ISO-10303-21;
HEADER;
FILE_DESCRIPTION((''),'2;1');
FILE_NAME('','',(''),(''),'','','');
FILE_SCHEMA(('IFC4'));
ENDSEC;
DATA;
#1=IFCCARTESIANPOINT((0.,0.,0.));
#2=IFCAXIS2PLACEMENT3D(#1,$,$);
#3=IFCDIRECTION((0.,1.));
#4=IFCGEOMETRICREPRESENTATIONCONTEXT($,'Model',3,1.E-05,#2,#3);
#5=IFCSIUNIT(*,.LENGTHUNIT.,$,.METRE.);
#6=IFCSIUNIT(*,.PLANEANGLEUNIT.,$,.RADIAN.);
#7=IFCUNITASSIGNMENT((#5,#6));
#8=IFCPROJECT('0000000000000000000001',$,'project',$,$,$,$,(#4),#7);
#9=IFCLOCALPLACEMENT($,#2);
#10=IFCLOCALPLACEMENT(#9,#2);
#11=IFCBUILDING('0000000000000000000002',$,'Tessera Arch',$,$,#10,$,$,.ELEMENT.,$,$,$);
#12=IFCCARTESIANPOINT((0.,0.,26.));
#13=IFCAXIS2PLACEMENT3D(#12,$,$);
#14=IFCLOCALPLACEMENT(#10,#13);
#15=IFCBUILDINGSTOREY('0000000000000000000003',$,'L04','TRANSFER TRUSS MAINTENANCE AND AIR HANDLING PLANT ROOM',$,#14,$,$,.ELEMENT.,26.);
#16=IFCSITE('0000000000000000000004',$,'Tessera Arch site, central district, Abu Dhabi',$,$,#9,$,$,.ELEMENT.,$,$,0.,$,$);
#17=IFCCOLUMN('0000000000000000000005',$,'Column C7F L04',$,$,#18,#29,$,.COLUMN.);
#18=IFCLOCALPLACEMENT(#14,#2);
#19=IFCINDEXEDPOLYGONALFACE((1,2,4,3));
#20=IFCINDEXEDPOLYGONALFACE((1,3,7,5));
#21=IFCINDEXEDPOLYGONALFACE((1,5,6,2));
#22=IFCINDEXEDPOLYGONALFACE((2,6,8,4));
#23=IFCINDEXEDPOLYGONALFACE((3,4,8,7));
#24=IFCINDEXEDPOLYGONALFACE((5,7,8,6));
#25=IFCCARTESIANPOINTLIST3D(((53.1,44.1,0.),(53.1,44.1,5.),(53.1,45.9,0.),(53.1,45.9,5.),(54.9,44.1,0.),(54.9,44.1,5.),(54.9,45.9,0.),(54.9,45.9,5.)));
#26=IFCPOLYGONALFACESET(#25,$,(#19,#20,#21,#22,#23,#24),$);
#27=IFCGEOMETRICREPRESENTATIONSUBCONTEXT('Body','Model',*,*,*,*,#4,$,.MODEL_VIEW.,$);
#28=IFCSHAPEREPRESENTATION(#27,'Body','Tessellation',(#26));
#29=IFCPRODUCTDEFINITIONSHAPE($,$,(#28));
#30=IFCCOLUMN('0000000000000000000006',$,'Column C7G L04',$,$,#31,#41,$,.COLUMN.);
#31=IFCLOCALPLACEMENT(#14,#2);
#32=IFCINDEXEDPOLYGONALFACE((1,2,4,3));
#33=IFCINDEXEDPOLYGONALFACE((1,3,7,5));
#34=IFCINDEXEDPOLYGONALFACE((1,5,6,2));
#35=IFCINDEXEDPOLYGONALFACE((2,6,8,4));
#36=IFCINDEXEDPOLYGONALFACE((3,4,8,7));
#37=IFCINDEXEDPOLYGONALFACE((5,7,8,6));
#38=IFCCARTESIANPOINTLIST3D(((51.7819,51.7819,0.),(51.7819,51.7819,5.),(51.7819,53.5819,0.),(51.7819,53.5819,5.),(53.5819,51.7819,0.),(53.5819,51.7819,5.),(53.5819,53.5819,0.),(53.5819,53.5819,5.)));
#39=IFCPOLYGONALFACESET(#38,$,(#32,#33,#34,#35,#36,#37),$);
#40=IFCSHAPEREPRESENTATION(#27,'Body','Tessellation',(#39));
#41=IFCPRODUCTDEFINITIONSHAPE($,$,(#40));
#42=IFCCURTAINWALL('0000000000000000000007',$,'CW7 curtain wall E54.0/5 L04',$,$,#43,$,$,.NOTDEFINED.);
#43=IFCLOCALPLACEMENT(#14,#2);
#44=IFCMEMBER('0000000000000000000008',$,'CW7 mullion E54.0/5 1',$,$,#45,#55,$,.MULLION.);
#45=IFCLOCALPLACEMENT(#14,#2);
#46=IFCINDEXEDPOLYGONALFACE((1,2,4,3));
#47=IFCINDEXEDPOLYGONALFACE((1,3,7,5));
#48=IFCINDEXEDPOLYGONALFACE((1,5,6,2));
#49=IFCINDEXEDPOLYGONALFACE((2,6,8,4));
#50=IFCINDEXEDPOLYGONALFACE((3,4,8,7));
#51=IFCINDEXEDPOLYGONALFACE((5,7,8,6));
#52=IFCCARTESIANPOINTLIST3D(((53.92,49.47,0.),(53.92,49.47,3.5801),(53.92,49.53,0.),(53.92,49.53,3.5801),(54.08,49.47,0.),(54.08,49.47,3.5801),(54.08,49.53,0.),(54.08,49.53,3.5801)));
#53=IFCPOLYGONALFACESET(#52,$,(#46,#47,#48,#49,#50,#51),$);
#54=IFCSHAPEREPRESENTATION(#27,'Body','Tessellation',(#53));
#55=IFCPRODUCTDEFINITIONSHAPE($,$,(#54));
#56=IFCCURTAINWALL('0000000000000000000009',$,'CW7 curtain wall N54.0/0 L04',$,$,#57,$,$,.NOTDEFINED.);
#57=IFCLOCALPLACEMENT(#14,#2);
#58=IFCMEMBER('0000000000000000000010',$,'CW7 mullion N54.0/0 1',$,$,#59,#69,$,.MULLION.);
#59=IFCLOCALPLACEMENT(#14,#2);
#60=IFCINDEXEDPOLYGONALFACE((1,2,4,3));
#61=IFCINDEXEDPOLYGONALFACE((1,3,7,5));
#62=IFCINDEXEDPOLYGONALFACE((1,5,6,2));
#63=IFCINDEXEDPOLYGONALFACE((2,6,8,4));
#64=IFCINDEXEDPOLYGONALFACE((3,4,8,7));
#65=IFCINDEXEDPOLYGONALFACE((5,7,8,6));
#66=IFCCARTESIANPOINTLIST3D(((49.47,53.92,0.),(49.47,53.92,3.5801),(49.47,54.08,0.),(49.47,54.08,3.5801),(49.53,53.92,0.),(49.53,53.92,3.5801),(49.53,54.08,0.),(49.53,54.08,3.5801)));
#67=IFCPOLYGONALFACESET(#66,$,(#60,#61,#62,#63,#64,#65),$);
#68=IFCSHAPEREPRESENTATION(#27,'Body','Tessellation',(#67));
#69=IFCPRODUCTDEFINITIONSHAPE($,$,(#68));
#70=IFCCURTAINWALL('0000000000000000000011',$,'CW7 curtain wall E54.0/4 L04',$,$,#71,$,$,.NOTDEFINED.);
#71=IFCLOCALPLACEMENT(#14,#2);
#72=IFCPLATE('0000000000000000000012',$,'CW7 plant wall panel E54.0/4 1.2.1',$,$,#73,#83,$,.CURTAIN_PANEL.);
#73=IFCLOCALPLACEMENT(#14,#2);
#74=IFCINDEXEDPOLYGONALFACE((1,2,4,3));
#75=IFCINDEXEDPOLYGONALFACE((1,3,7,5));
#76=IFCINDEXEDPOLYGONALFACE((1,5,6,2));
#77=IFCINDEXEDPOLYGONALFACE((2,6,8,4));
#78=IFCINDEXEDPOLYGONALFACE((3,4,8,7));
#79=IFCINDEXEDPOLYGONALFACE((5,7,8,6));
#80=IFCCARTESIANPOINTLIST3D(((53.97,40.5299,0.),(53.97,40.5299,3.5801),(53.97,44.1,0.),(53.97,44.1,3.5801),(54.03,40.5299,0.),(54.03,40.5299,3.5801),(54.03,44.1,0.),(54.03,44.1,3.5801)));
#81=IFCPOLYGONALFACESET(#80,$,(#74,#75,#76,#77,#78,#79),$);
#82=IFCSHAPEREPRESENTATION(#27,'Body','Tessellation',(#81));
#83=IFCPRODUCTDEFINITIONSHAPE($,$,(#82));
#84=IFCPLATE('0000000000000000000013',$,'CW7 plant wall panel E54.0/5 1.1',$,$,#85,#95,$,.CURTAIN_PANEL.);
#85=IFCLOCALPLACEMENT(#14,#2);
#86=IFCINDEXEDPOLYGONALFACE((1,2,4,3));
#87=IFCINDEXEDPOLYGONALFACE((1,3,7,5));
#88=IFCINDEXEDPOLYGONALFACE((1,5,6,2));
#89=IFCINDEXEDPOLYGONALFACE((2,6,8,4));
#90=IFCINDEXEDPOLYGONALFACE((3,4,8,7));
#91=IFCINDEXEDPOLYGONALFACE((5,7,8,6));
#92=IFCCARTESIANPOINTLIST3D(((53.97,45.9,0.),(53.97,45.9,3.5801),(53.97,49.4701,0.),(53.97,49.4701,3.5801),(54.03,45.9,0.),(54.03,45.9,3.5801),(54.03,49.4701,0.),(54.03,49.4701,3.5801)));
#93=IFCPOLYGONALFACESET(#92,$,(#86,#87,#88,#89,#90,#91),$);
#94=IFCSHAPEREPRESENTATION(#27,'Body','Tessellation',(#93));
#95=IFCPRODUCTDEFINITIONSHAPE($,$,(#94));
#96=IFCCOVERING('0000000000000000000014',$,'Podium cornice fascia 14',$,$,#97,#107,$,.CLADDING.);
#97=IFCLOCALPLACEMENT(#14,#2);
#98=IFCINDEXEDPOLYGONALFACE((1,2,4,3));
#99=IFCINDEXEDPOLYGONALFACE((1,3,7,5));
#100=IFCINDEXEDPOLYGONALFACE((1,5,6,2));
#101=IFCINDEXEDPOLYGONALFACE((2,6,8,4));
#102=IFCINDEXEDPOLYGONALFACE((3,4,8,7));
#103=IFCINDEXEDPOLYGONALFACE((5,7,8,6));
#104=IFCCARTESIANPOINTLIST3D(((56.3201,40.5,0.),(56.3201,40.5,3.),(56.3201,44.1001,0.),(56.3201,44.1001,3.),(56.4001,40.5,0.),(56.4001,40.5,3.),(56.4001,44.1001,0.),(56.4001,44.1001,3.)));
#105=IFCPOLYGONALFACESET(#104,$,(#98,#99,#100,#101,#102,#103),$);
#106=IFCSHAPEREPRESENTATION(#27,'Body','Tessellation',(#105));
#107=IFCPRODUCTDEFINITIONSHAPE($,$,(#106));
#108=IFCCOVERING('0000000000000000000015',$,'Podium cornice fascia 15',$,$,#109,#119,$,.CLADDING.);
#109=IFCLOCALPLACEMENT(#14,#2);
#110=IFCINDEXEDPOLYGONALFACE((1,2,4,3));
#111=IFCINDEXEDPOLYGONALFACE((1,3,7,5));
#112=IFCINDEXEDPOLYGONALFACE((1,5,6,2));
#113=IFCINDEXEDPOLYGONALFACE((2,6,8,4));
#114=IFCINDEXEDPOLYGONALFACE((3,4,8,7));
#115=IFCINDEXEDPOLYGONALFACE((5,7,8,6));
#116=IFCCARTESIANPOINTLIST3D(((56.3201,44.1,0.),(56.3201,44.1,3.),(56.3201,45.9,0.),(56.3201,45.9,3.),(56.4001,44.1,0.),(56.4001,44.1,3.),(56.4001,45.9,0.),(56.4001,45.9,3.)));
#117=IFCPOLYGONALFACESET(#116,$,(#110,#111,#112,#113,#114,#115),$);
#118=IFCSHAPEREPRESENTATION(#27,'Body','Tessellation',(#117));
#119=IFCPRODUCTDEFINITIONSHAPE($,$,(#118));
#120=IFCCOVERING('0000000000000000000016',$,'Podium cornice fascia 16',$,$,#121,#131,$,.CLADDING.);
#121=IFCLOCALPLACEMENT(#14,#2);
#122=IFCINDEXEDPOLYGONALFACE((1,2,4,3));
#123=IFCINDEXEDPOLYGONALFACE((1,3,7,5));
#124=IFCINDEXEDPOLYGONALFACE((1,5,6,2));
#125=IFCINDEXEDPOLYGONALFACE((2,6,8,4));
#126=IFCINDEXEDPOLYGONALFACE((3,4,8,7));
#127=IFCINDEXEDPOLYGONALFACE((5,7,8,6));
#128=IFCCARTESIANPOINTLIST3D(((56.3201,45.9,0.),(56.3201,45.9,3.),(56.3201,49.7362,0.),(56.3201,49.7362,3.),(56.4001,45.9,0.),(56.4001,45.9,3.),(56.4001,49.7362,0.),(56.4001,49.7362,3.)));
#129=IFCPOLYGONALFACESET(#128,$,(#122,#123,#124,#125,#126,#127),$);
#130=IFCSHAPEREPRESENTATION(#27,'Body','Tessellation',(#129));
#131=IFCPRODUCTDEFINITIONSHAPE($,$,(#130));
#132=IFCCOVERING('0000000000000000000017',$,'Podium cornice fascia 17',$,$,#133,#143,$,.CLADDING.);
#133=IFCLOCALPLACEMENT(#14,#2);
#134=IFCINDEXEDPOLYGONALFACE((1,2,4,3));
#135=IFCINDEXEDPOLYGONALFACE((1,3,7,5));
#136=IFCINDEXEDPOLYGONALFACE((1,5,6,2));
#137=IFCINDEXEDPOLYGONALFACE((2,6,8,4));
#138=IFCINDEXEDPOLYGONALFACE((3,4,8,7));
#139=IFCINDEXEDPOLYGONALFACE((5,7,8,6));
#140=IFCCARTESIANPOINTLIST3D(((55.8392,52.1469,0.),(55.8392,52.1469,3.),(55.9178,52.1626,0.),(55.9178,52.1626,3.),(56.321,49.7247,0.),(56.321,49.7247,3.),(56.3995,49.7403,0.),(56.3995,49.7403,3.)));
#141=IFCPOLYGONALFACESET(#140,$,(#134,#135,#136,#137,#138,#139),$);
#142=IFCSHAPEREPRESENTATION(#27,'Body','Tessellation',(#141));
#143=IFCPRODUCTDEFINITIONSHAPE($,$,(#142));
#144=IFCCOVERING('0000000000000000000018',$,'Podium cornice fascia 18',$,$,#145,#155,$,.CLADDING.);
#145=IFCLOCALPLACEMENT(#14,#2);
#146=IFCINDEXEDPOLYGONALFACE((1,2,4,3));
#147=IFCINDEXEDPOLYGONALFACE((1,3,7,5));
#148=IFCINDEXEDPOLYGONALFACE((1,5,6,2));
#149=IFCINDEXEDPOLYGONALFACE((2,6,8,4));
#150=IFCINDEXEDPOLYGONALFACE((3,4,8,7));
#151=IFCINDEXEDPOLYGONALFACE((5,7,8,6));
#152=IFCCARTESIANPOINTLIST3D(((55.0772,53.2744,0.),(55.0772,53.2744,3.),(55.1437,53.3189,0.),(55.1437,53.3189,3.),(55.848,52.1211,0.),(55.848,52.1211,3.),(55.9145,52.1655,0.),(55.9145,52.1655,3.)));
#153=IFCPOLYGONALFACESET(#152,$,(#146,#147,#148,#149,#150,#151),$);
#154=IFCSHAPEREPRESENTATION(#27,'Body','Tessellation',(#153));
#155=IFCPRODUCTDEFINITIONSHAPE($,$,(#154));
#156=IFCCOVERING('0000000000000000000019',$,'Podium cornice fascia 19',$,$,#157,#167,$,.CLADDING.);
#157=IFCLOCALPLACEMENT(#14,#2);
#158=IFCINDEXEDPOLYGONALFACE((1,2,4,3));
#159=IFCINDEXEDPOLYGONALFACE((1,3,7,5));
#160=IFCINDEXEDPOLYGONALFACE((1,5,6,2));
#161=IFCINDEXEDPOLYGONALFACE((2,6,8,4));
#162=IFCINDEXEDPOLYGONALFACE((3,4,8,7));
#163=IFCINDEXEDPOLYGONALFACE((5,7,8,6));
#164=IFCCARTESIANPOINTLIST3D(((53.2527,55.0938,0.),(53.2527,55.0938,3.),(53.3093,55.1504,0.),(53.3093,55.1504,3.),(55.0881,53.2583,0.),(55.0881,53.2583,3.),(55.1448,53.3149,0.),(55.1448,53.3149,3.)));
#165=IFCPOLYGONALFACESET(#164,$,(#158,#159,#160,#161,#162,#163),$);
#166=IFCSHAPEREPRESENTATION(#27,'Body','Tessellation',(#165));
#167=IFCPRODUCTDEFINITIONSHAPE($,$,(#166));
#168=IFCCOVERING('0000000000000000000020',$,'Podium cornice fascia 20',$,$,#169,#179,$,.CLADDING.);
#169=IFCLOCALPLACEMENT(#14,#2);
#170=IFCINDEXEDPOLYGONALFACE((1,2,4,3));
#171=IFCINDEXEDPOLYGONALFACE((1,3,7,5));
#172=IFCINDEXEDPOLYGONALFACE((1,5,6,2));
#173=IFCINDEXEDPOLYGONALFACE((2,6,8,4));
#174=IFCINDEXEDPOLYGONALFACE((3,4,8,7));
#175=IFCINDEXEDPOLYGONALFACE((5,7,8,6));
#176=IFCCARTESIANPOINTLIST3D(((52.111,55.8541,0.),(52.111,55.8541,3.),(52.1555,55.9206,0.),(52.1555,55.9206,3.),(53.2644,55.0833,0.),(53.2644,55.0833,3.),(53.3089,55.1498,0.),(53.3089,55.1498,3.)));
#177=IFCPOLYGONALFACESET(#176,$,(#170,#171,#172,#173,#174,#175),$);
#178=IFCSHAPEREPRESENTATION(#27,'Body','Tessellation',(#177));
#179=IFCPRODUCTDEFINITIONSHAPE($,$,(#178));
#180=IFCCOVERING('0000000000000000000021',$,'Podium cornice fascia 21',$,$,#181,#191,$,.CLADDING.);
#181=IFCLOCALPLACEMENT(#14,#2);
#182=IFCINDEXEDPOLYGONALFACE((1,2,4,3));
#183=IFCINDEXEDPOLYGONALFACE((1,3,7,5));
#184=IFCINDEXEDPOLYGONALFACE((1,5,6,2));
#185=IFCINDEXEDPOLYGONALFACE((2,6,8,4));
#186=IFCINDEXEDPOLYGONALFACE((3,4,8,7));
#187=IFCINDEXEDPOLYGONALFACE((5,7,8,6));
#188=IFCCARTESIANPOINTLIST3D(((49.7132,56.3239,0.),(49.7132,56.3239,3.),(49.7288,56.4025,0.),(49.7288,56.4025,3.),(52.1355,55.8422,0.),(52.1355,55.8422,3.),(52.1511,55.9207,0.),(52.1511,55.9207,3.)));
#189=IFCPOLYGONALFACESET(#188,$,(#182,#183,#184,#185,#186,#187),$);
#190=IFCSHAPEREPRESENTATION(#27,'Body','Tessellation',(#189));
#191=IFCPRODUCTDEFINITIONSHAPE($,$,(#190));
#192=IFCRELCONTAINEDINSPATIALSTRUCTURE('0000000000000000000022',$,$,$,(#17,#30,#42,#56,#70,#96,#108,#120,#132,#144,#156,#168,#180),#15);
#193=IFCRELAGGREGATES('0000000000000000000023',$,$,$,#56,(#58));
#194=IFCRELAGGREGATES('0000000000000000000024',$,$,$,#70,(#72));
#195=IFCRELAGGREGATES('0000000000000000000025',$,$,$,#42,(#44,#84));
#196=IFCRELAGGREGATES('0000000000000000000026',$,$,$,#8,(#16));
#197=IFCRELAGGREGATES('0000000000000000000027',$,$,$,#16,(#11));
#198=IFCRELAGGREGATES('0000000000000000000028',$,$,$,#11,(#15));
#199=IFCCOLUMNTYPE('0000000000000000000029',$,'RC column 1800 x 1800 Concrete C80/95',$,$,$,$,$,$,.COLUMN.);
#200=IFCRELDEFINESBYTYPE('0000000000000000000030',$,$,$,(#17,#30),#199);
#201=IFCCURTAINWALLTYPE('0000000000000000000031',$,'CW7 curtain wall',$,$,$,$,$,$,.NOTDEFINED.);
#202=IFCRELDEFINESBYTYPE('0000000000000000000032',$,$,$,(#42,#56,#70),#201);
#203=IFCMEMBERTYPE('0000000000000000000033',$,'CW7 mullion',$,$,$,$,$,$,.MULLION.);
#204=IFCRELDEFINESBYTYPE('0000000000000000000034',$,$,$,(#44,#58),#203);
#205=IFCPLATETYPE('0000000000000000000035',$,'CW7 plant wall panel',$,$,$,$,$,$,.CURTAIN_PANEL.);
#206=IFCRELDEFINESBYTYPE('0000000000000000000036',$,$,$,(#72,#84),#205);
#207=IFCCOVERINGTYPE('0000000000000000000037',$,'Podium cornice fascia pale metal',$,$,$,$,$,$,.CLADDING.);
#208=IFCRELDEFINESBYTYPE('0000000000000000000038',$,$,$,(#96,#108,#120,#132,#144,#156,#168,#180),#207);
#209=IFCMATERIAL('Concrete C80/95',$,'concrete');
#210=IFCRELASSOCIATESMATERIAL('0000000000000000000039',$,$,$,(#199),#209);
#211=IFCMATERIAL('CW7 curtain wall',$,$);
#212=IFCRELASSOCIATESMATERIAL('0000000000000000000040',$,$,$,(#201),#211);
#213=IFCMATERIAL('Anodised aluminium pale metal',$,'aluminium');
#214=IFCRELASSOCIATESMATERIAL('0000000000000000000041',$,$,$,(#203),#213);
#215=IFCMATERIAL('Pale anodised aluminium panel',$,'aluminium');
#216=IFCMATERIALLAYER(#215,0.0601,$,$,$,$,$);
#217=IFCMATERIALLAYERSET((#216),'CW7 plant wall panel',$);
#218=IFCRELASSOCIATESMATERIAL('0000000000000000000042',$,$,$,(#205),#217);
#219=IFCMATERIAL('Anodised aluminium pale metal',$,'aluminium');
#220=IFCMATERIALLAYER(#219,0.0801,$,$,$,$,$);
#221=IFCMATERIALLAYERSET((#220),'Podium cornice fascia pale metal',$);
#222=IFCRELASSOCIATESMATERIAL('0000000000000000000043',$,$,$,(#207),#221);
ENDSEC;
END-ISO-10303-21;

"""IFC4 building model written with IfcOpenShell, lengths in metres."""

from ifc_helpers import new_model, si_unit, direction, frame, origin, origin_2d, place, context, subcontext, project, spatial, rectangle, extrude, material, layer, layer_set, material_profile, profile_set, type_object, element, aggregate, save


model = new_model("IFC4")

# Units and contexts
model_context = context("Model", 3, precision=1e-05, world=origin(), true_north=direction((0.0, 1.0)))
body_context = subcontext(model_context, "Body", "Model", "MODEL_VIEW")
ifc_project = project(units=[si_unit("LENGTHUNIT", "METRE"), si_unit("PLANEANGLEUNIT", "RADIAN")], contexts=[model_context])

# Site, building, storey
site_placement = place(None, origin())
site = spatial("IfcSite", under=ifc_project, at=site_placement, Name="Tessera Arch site, central district, Abu Dhabi", CompositionType="ELEMENT", RefElevation=0.0)
building_placement = place(site_placement, origin())
building = spatial("IfcBuilding", under=site, at=building_placement, Name="Tessera Arch", CompositionType="ELEMENT")
storey_placement = place(building_placement, frame((0.0, 0.0, 26.0)))
storey = spatial("IfcBuildingStorey", under=building, at=storey_placement, Name="L04", Description="TRANSFER TRUSS MAINTENANCE AND AIR HANDLING PLANT ROOM", CompositionType="ELEMENT", Elevation=26.0)

# Columns
ifc_material_1 = material(Name="Concrete C80/95", Category="concrete")
ifc_material_profile_1 = material_profile(ifc_material_1, rectangle(XDim=1.8, YDim=1.8, at=origin_2d()), Name="RC column 1800 x 1800 Concrete C80/95")
ifc_profile_set_1 = profile_set([ifc_material_profile_1], Name="Concrete C80/95")
column_type = type_object("IfcColumnType", Name="RC column 1800 x 1800 Concrete C80/95", PredefinedType="COLUMN", material=ifc_profile_set_1)
for number, where, z_axis, x_axis, name in (
    (1, (54.0, 45.0, 0.0), (0.0, 0.0, 1.0), (1.0, 0.0, 0.0), "Column C7F L04"),
    (2, (52.6819, 52.6819, 0.0), (0.0, 0.0, 1.0), (1.0, 0.0, 0.0), "Column C7G L04"),
):
    element("IfcColumn", number, at=place(storey_placement, frame(where, z_axis=z_axis, x_axis=x_axis)), inside=storey, type_object=column_type, Name=name, PredefinedType="COLUMN", context=body_context, shape_type="SweptSolid", body=[
        extrude(rectangle(XDim=1.8, YDim=1.8, at=origin_2d()), origin(), (0.0, 0.0, 1.0), 5.0),
    ])

# Curtain walls, members
ifc_material_2 = material(Name="CW7 curtain wall")
curtain_wall_type = type_object("IfcCurtainWallType", Name="CW7 curtain wall", PredefinedType="NOTDEFINED", material=ifc_material_2)
curtain_wall_1_placement = place(storey_placement, origin())
curtain_wall_1 = element("IfcCurtainWall", 3, at=curtain_wall_1_placement, inside=storey, type_object=curtain_wall_type, Name="CW7 curtain wall E54.0/5 L04", PredefinedType="NOTDEFINED")
ifc_material_3 = material(Name="Anodised aluminium pale metal", Category="aluminium")
ifc_material_profile_2 = material_profile(ifc_material_3, rectangle(XDim=0.1599, YDim=0.0601, at=origin_2d()), Name="AL 60x160")
ifc_profile_set_2 = profile_set([ifc_material_profile_2], Name="Anodised aluminium pale metal")
member_type = type_object("IfcMemberType", Name="CW7 mullion", PredefinedType="MULLION", material=ifc_profile_set_2)
member_1_placement = place(storey_placement, frame((54.0, 49.5, 0.0), z_axis=(0.0, 0.0, 1.0), x_axis=(-1.0, 0.0, 0.0)))
member_1 = element("IfcMember", 4, at=member_1_placement, type_object=member_type, Name="CW7 mullion E54.0/5 1", PredefinedType="MULLION", context=body_context, shape_type="SweptSolid", body=[
    extrude(rectangle(XDim=0.1599, YDim=0.0601, at=origin_2d()), origin(), (0.0, 0.0, 1.0), 3.5801),
])
curtain_wall_2_placement = place(storey_placement, origin())
curtain_wall_2 = element("IfcCurtainWall", 5, at=curtain_wall_2_placement, inside=storey, type_object=curtain_wall_type, Name="CW7 curtain wall N54.0/0 L04", PredefinedType="NOTDEFINED")
member_2_placement = place(storey_placement, frame((49.5, 54.0, 0.0), z_axis=(0.0, 0.0, 1.0), x_axis=(0.0, -1.0, 0.0)))
member_2 = element("IfcMember", 6, at=member_2_placement, type_object=member_type, Name="CW7 mullion N54.0/0 1", PredefinedType="MULLION", context=body_context, shape_type="SweptSolid", body=[
    extrude(rectangle(XDim=0.1599, YDim=0.0601, at=origin_2d()), origin(), (0.0, 0.0, 1.0), 3.5801),
])
aggregate(curtain_wall_2, [member_2])

# Curtain wall, plate
curtain_wall_3_placement = place(storey_placement, origin())
curtain_wall_3 = element("IfcCurtainWall", 7, at=curtain_wall_3_placement, inside=storey, type_object=curtain_wall_type, Name="CW7 curtain wall E54.0/4 L04", PredefinedType="NOTDEFINED")
ifc_material_4 = material(Name="Pale anodised aluminium panel", Category="aluminium")
ifc_layer_1 = layer(ifc_material_4, 0.0601)
ifc_layer_set_1 = layer_set([ifc_layer_1], Name="CW7 plant wall panel")
plate_type = type_object("IfcPlateType", Name="CW7 plant wall panel", PredefinedType="CURTAIN_PANEL", material=ifc_layer_set_1)
plate_1_placement = place(storey_placement, frame((54.0, 42.3149, 0.0), z_axis=(0.0, 0.0, 1.0), x_axis=(0.0, 1.0, 0.0)))
plate_1 = element("IfcPlate", 8, at=plate_1_placement, type_object=plate_type, Name="CW7 plant wall panel E54.0/4 1.2.1", PredefinedType="CURTAIN_PANEL", context=body_context, shape_type="SweptSolid", body=[
    extrude(rectangle(XDim=3.5701, YDim=0.0601, at=origin_2d()), origin(), (0.0, 0.0, 1.0), 3.5801),
])
aggregate(curtain_wall_3, [plate_1])

# Plate
plate_2_placement = place(storey_placement, frame((54.0, 47.6851, 0.0), z_axis=(0.0, 0.0, 1.0), x_axis=(0.0, 1.0, 0.0)))
plate_2 = element("IfcPlate", 9, at=plate_2_placement, type_object=plate_type, Name="CW7 plant wall panel E54.0/5 1.1", PredefinedType="CURTAIN_PANEL", context=body_context, shape_type="SweptSolid", body=[
    extrude(rectangle(XDim=3.5701, YDim=0.0601, at=origin_2d()), origin(), (0.0, 0.0, 1.0), 3.5801),
])
aggregate(curtain_wall_1, [member_1, plate_2])

# Coverings
ifc_material_5 = material(Name="Anodised aluminium pale metal", Category="aluminium")
ifc_layer_2 = layer(ifc_material_5, 0.0801)
ifc_layer_set_2 = layer_set([ifc_layer_2], Name="Podium cornice fascia pale metal")
covering_type = type_object("IfcCoveringType", Name="Podium cornice fascia pale metal", PredefinedType="CLADDING", material=ifc_layer_set_2)
covering_1_placement = place(storey_placement, frame((56.3601, 42.3, 0.0), z_axis=(0.0, 0.0, 1.0), x_axis=(0.0, 1.0, 0.0)))
element("IfcCovering", 10, at=covering_1_placement, inside=storey, type_object=covering_type, Name="Podium cornice fascia 14", PredefinedType="CLADDING", context=body_context, shape_type="SweptSolid", body=[
    extrude(rectangle(XDim=3.6001, YDim=0.0801, at=origin_2d()), origin(), (0.0, 0.0, 1.0), 3.0),
])
covering_2_placement = place(storey_placement, frame((56.3601, 45.0, 0.0), z_axis=(0.0, 0.0, 1.0), x_axis=(0.0, 1.0, 0.0)))
element("IfcCovering", 11, at=covering_2_placement, inside=storey, type_object=covering_type, Name="Podium cornice fascia 15", PredefinedType="CLADDING", context=body_context, shape_type="SweptSolid", body=[
    extrude(rectangle(XDim=1.8, YDim=0.0801, at=origin_2d()), origin(), (0.0, 0.0, 1.0), 3.0),
])
covering_3_placement = place(storey_placement, frame((56.3601, 47.8181, 0.0), z_axis=(0.0, 0.0, 1.0), x_axis=(0.0, 1.0, 0.0)))
element("IfcCovering", 12, at=covering_3_placement, inside=storey, type_object=covering_type, Name="Podium cornice fascia 16", PredefinedType="CLADDING", context=body_context, shape_type="SweptSolid", body=[
    extrude(rectangle(XDim=3.8362, YDim=0.0801, at=origin_2d()), origin(), (0.0, 0.0, 1.0), 3.0),
])
covering_4_placement = place(storey_placement, frame((56.1194, 50.9436, 0.0), z_axis=(0.0, 0.0, 1.0), x_axis=(-0.195065, 0.98079, 0.0)))
element("IfcCovering", 13, at=covering_4_placement, inside=storey, type_object=covering_type, Name="Podium cornice fascia 17", PredefinedType="CLADDING", context=body_context, shape_type="SweptSolid", body=[
    extrude(rectangle(XDim=2.4697, YDim=0.0801, at=origin_2d()), origin(), (0.0, 0.0, 1.0), 3.0),
])
covering_5_placement = place(storey_placement, frame((55.4958, 52.72, 0.0), z_axis=(0.0, 0.0, 1.0), x_axis=(-0.555659, 0.83141, 0.0)))
element("IfcCovering", 14, at=covering_5_placement, inside=storey, type_object=covering_type, Name="Podium cornice fascia 18", PredefinedType="CLADDING", context=body_context, shape_type="SweptSolid", body=[
    extrude(rectangle(XDim=1.3872, YDim=0.0801, at=origin_2d()), origin(), (0.0, 0.0, 1.0), 3.0),
])
covering_6_placement = place(storey_placement, frame((54.1987, 54.2043, 0.0), z_axis=(0.0, 0.0, 1.0), x_axis=(-0.707107, 0.707107, 0.0)))
element("IfcCovering", 15, at=covering_6_placement, inside=storey, type_object=covering_type, Name="Podium cornice fascia 19", PredefinedType="CLADDING", context=body_context, shape_type="SweptSolid", body=[
    extrude(rectangle(XDim=2.5957, YDim=0.0801, at=origin_2d()), origin(), (0.0, 0.0, 1.0), 3.0),
])
covering_7_placement = place(storey_placement, frame((52.71, 55.502, 0.0), z_axis=(0.0, 0.0, 1.0), x_axis=(-0.83141, 0.555659, 0.0)))
element("IfcCovering", 16, at=covering_7_placement, inside=storey, type_object=covering_type, Name="Podium cornice fascia 20", PredefinedType="CLADDING", context=body_context, shape_type="SweptSolid", body=[
    extrude(rectangle(XDim=1.3872, YDim=0.0801, at=origin_2d()), origin(), (0.0, 0.0, 1.0), 3.0),
])
covering_8_placement = place(storey_placement, frame((50.9321, 56.1223, 0.0), z_axis=(0.0, 0.0, 1.0), x_axis=(-0.98079, 0.195065, 0.0)))
element("IfcCovering", 17, at=covering_8_placement, inside=storey, type_object=covering_type, Name="Podium cornice fascia 21", PredefinedType="CLADDING", context=body_context, shape_type="SweptSolid", body=[
    extrude(rectangle(XDim=2.4697, YDim=0.0801, at=origin_2d()), origin(), (0.0, 0.0, 1.0), 3.0),
])

save(model, "model.ifc")
